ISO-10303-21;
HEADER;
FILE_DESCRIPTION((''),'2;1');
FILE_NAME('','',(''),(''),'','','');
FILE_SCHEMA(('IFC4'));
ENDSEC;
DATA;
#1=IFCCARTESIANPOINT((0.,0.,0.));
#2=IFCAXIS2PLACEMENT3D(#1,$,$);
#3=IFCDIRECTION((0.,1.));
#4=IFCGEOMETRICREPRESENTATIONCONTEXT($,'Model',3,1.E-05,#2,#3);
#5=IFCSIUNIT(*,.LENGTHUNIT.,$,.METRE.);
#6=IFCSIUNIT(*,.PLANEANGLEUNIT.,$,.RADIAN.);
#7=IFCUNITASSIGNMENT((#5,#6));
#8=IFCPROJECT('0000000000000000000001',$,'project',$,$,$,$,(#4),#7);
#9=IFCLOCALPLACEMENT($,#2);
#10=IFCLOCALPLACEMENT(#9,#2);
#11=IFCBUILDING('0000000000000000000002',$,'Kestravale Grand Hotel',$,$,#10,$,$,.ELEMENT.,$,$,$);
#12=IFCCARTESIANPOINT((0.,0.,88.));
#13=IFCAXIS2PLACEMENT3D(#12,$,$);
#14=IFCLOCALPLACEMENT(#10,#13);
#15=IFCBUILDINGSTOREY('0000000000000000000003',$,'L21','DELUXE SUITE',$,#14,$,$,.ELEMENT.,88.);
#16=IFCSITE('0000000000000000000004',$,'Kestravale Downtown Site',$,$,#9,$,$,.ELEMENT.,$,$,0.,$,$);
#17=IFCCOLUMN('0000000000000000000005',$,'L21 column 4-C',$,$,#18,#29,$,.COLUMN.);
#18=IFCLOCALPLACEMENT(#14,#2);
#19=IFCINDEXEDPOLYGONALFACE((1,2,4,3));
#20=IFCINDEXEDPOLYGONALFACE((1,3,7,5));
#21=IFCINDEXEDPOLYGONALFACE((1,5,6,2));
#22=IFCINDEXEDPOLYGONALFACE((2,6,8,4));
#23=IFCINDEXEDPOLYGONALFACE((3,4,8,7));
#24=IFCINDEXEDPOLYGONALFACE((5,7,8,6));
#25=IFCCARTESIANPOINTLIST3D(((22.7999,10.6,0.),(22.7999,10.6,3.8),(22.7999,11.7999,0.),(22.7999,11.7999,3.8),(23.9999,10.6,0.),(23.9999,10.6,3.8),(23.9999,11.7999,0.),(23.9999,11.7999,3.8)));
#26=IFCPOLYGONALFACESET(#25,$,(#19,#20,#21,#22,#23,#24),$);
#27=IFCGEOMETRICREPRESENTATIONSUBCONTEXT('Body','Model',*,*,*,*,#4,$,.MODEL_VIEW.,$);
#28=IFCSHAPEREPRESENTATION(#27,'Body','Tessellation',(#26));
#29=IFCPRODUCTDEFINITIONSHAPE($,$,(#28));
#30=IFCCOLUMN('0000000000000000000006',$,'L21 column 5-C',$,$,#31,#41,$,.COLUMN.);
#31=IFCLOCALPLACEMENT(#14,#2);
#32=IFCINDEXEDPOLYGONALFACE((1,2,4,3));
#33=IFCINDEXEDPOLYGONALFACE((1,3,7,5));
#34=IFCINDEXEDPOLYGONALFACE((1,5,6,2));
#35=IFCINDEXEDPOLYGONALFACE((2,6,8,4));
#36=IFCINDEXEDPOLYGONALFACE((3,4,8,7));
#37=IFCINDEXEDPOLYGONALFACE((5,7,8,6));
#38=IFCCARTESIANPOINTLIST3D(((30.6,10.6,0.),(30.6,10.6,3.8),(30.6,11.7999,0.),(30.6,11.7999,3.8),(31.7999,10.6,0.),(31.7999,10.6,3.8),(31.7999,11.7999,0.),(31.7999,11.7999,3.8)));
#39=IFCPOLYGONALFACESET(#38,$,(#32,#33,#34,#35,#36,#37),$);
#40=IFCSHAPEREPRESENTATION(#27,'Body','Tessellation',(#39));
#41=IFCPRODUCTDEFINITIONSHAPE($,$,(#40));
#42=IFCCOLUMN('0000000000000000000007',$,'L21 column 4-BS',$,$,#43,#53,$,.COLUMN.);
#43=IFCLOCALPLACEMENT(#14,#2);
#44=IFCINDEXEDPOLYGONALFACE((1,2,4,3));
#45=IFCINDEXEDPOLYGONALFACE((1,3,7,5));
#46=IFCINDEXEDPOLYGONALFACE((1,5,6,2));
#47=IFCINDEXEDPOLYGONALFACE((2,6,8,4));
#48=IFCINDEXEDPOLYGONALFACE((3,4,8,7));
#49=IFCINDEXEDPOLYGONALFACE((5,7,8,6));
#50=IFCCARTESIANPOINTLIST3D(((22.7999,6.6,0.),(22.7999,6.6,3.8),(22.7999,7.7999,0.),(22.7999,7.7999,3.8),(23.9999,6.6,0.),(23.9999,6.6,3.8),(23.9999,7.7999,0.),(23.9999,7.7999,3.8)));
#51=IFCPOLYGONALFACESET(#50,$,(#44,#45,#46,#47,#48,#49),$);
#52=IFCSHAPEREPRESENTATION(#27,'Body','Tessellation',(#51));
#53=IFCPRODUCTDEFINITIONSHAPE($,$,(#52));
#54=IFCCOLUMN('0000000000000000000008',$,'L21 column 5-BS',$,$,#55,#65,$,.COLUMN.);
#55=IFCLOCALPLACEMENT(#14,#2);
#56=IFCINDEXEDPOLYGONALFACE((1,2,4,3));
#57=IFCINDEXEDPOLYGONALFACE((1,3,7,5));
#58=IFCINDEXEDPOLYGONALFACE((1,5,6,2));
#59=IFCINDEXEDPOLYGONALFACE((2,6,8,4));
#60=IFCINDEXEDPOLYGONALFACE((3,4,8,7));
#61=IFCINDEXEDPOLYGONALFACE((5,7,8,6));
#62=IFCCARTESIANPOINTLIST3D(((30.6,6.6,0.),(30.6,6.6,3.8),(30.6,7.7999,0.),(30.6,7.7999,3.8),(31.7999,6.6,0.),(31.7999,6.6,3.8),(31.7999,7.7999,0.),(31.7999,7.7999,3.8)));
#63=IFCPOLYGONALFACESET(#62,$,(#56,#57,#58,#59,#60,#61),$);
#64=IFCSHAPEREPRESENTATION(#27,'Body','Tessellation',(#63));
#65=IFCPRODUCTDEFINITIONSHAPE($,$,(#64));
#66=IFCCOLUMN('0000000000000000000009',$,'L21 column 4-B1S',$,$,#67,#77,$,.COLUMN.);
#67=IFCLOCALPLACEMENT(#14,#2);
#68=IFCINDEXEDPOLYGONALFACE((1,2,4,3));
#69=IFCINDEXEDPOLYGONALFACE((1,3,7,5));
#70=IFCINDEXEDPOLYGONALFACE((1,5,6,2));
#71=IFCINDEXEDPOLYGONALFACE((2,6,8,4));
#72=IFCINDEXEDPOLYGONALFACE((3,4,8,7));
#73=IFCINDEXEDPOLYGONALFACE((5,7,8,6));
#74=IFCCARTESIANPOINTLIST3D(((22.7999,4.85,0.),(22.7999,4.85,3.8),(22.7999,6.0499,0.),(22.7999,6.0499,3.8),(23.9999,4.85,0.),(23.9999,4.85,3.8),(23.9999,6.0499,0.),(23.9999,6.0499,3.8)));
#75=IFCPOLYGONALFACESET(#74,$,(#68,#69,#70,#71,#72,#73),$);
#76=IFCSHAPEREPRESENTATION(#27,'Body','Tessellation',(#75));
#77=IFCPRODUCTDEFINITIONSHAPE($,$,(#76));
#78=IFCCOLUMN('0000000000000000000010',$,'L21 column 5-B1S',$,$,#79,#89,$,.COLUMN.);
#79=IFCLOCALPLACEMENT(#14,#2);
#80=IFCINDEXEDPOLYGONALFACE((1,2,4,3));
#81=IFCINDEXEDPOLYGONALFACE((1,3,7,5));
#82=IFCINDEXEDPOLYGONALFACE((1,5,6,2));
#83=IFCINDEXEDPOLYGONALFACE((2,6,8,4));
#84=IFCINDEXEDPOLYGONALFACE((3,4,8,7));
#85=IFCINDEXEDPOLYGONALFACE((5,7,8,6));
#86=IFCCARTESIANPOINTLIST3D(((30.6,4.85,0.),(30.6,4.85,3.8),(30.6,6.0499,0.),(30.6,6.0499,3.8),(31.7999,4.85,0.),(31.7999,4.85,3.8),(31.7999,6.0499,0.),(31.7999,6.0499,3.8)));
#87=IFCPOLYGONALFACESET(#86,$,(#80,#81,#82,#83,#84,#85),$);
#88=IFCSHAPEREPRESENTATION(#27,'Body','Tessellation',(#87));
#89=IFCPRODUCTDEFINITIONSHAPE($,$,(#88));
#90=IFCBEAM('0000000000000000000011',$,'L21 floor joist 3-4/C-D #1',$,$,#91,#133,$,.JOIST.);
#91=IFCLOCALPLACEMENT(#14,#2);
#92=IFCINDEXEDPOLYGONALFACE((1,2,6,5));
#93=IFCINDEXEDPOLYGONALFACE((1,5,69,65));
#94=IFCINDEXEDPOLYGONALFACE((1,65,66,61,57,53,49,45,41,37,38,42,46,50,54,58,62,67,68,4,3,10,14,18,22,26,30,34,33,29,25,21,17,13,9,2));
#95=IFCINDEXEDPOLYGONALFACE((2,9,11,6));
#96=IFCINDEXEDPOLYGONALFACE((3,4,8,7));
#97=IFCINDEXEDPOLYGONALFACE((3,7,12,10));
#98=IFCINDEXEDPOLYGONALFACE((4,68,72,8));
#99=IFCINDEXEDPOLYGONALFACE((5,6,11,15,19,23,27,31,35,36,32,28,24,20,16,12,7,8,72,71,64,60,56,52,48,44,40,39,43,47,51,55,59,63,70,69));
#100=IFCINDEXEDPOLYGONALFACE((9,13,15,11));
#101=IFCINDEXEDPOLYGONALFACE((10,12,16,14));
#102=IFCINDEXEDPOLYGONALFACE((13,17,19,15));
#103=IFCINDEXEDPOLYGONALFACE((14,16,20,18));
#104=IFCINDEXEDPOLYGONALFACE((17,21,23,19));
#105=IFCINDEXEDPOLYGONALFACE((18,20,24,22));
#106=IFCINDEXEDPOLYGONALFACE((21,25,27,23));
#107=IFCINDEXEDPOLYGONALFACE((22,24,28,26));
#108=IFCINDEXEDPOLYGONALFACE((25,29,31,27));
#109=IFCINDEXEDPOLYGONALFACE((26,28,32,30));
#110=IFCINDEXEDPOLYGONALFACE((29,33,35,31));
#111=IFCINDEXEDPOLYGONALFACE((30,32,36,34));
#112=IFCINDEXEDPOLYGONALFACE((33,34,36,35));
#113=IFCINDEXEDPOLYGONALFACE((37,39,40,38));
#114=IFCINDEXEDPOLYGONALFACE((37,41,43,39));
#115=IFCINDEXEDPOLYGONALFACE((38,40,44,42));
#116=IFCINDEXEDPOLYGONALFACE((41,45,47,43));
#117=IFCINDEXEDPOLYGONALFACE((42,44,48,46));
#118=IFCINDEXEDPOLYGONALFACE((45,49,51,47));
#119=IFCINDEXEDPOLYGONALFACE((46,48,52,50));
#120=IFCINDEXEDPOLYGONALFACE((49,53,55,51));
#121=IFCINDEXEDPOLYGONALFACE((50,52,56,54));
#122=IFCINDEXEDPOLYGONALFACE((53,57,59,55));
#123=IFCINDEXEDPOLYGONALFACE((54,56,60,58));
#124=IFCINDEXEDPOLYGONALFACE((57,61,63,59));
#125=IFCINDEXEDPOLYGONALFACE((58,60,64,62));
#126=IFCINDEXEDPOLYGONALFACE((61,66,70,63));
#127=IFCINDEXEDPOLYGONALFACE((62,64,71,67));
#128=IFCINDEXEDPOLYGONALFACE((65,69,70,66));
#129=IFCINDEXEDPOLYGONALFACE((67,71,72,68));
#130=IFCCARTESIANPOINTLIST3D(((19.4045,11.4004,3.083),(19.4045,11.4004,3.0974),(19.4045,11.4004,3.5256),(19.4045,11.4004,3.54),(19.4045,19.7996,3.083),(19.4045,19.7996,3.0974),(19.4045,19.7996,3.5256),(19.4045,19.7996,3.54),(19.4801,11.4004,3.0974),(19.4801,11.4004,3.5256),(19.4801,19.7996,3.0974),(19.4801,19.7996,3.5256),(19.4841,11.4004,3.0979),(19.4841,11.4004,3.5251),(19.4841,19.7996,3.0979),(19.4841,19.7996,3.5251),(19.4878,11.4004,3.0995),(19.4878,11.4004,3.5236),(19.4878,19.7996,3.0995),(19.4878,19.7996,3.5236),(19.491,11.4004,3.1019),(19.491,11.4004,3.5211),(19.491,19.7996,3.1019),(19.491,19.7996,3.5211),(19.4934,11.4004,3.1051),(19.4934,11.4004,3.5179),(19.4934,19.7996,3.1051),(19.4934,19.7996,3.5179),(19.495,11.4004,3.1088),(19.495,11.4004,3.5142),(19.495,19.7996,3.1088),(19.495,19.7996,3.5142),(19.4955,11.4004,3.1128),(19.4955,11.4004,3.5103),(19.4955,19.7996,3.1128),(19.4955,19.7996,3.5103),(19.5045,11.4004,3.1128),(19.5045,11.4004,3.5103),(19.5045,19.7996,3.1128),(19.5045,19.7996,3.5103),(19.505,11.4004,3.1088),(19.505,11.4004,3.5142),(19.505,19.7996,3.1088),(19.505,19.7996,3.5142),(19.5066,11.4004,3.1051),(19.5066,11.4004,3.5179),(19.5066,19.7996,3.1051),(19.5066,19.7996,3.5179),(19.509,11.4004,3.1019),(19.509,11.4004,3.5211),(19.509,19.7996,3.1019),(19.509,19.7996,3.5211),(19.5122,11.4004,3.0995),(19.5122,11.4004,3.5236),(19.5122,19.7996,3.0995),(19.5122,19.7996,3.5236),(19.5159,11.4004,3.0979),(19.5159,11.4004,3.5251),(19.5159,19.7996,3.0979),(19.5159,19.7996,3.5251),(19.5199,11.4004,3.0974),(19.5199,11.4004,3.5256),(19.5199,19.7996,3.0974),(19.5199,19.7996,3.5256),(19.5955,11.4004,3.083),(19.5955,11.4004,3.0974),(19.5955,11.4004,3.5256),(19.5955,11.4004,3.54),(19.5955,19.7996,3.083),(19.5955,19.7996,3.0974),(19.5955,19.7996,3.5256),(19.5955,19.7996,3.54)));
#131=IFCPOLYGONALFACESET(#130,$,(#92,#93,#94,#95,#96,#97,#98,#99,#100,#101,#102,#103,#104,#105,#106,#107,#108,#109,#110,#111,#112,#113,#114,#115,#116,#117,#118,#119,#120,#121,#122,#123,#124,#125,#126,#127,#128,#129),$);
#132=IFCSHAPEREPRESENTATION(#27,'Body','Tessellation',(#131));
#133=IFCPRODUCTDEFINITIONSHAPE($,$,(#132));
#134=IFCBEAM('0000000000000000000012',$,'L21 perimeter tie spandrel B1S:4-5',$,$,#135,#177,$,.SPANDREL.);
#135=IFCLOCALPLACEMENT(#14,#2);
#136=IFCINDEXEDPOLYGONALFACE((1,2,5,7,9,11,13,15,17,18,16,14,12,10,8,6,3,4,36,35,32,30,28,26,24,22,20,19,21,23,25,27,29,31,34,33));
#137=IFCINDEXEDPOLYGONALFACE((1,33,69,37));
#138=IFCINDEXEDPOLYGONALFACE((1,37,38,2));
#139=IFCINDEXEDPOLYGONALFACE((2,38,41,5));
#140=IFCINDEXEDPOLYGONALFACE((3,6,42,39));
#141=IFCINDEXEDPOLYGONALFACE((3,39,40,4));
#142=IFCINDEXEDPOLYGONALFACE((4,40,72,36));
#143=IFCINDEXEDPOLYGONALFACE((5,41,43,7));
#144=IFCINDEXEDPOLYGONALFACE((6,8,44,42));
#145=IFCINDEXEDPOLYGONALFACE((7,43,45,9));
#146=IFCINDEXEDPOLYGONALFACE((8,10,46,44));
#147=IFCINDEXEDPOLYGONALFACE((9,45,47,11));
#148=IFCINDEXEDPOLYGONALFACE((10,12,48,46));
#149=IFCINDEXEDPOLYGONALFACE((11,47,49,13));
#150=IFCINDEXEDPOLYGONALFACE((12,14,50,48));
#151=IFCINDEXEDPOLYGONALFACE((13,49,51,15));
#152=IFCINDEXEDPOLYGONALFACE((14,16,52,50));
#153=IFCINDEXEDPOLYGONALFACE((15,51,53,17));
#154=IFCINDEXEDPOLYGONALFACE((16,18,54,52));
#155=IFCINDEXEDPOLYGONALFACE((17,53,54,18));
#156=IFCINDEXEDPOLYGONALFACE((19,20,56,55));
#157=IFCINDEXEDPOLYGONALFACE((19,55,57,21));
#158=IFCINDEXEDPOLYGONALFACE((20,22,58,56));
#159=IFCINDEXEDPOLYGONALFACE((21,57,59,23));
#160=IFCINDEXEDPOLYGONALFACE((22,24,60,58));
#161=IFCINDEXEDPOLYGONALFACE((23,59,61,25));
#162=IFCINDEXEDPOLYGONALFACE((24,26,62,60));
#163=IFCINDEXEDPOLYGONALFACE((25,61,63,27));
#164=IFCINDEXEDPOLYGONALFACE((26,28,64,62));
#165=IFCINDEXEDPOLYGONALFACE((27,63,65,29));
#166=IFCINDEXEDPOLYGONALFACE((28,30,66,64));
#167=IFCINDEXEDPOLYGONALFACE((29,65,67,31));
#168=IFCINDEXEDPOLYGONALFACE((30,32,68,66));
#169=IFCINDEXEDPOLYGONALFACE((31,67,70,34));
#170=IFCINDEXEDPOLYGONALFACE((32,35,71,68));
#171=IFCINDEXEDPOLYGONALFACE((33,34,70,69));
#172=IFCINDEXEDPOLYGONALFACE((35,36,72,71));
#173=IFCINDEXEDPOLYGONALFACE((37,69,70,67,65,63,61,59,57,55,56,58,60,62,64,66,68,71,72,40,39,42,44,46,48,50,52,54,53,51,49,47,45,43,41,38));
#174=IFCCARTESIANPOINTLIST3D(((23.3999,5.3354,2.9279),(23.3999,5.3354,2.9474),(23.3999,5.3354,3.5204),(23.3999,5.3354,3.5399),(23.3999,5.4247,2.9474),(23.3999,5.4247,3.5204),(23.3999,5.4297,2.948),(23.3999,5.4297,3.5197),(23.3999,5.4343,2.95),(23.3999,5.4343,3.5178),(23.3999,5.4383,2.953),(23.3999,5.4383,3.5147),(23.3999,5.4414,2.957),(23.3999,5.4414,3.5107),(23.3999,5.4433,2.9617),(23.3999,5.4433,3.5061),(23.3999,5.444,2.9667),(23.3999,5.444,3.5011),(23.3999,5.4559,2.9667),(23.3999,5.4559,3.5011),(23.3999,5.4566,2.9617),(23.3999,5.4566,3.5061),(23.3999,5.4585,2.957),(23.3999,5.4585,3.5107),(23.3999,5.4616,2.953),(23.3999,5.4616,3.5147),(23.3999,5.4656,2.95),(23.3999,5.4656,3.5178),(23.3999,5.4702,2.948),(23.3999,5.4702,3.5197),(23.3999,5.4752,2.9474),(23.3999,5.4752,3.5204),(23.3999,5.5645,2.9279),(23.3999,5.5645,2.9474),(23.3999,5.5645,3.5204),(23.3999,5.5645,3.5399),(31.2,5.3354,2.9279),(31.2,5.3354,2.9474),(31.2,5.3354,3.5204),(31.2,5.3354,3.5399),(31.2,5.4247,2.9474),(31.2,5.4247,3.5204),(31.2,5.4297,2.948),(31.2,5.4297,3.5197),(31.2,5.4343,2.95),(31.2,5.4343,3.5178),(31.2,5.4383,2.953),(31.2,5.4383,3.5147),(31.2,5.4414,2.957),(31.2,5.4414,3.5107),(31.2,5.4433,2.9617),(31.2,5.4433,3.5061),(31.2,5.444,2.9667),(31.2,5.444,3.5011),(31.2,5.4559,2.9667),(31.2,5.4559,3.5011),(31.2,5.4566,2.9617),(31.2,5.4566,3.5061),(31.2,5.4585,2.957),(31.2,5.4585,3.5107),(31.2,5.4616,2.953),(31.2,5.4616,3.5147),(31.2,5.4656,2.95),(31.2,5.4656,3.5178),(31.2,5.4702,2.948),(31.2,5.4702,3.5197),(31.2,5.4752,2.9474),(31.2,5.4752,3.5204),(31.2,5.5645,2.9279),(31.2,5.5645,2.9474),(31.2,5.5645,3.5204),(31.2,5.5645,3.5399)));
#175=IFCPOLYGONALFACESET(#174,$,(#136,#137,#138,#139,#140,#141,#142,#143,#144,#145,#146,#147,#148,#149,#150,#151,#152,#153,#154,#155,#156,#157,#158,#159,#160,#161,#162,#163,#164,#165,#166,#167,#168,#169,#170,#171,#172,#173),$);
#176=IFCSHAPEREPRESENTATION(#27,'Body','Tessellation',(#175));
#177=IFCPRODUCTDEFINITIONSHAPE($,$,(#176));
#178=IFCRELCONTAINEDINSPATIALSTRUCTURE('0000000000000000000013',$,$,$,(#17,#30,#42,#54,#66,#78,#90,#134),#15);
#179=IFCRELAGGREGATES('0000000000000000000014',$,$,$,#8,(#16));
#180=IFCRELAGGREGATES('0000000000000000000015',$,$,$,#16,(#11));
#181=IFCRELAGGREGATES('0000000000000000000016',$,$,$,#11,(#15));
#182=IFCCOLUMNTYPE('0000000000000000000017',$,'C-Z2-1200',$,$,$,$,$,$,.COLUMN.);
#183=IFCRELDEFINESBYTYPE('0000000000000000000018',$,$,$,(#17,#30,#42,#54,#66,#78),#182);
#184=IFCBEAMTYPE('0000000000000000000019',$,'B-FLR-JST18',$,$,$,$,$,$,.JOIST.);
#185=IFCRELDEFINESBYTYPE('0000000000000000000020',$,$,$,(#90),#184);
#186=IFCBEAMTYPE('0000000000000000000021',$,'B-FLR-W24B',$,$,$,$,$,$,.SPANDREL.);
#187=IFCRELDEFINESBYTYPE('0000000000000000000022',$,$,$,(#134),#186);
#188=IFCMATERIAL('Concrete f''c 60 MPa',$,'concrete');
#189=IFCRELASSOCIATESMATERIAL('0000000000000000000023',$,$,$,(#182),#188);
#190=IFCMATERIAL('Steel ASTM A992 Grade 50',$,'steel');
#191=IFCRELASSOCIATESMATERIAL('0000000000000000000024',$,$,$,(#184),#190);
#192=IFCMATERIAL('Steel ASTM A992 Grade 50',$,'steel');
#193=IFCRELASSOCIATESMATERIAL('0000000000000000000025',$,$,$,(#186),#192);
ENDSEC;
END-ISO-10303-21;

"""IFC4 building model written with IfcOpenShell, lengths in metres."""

from ifc_helpers import new_model, si_unit, direction, frame, origin, origin_2d, place, context, subcontext, project, spatial, rectangle, i_section, extrude, material, material_profile, profile_set, type_object, element, save


model = new_model("IFC4")

# Units and contexts
model_context = context("Model", 3, precision=1e-05, world=origin(), true_north=direction((0.0, 1.0)))
body_context = subcontext(model_context, "Body", "Model", "MODEL_VIEW")
ifc_project = project(units=[si_unit("LENGTHUNIT", "METRE"), si_unit("PLANEANGLEUNIT", "RADIAN")], contexts=[model_context])

# Site, building, storey
site_placement = place(None, origin())
site = spatial("IfcSite", under=ifc_project, at=site_placement, Name="Kestravale Downtown Site", CompositionType="ELEMENT", RefElevation=0.0)
building_placement = place(site_placement, origin())
building = spatial("IfcBuilding", under=site, at=building_placement, Name="Kestravale Grand Hotel", CompositionType="ELEMENT")
storey_placement = place(building_placement, frame((0.0, 0.0, 88.0)))
storey = spatial("IfcBuildingStorey", under=building, at=storey_placement, Name="L21", Description="DELUXE SUITE", CompositionType="ELEMENT", Elevation=88.0)

# Columns
ifc_material_1 = material(Name="Concrete f'c 60 MPa", Category="concrete")
ifc_material_profile_1 = material_profile(ifc_material_1, rectangle(XDim=1.2, YDim=1.2, at=origin_2d()))
ifc_profile_set_1 = profile_set([ifc_material_profile_1], Name="Concrete f'c 60 MPa")
column_type = type_object("IfcColumnType", Name="C-Z2-1200", PredefinedType="COLUMN", material=ifc_profile_set_1)
for number, where, z_axis, x_axis, name in (
    (1, (23.3999, 11.2, 0.0), (0.0, 0.0, 1.0), (1.0, 0.0, 0.0), "L21 column 4-C"),
    (2, (31.2, 11.2, 0.0), (0.0, 0.0, 1.0), (1.0, 0.0, 0.0), "L21 column 5-C"),
    (3, (23.3999, 7.2, 0.0), (0.0, 0.0, 1.0), (1.0, 0.0, 0.0), "L21 column 4-BS"),
    (4, (31.2, 7.2, 0.0), (0.0, 0.0, 1.0), (1.0, 0.0, 0.0), "L21 column 5-BS"),
    (5, (23.3999, 5.45, 0.0), (0.0, 0.0, 1.0), (1.0, 0.0, 0.0), "L21 column 4-B1S"),
    (6, (31.2, 5.45, 0.0), (0.0, 0.0, 1.0), (1.0, 0.0, 0.0), "L21 column 5-B1S"),
):
    element("IfcColumn", number, at=place(storey_placement, frame(where, z_axis=z_axis, x_axis=x_axis)), inside=storey, type_object=column_type, Name=name, PredefinedType="COLUMN", context=body_context, shape_type="SweptSolid", body=[
        extrude(rectangle(XDim=1.2, YDim=1.2, at=origin_2d()), origin(), (0.0, 0.0, 1.0), 3.8),
    ])

# Beams
ifc_material_2 = material(Name="Steel ASTM A992 Grade 50", Category="steel")
ifc_material_profile_2 = material_profile(ifc_material_2, i_section(OverallWidth=0.1909, OverallDepth=0.457, WebThickness=0.009, FlangeThickness=0.0144, FilletRadius=0.0154, at=origin_2d()))
ifc_profile_set_2 = profile_set([ifc_material_profile_2], Name="Steel ASTM A992 Grade 50")
beam_type_1 = type_object("IfcBeamType", Name="B-FLR-JST18", PredefinedType="JOIST", material=ifc_profile_set_2)
beam_1_placement = place(storey_placement, frame((19.5, 11.4004, 3.3115), z_axis=(0.0, 1.0, 0.0), x_axis=(-1.0, 0.0, 0.0)))
element("IfcBeam", 7, at=beam_1_placement, inside=storey, type_object=beam_type_1, Name="L21 floor joist 3-4/C-D #1", PredefinedType="JOIST", context=body_context, shape_type="SweptSolid", body=[
    extrude(i_section(OverallWidth=0.1909, OverallDepth=0.457, WebThickness=0.009, FlangeThickness=0.0144, FilletRadius=0.0154, at=origin_2d()), origin(), (0.0, 0.0, 1.0), 8.3992),
])
ifc_material_3 = material(Name="Steel ASTM A992 Grade 50", Category="steel")
ifc_material_profile_3 = material_profile(ifc_material_3, i_section(OverallWidth=0.229, OverallDepth=0.6121, WebThickness=0.012, FlangeThickness=0.0195, FilletRadius=0.0193, at=origin_2d()))
ifc_profile_set_3 = profile_set([ifc_material_profile_3], Name="Steel ASTM A992 Grade 50")
beam_type_2 = type_object("IfcBeamType", Name="B-FLR-W24B", PredefinedType="SPANDREL", material=ifc_profile_set_3)
for number, where, z_axis, x_axis, name in (
    (8, (23.3999, 5.45, 3.2339), (1.0, 0.0, 0.0), (0.0, 1.0, 0.0), "L21 perimeter tie spandrel B1S:4-5"),
):
    element("IfcBeam", number, at=place(storey_placement, frame(where, z_axis=z_axis, x_axis=x_axis)), inside=storey, type_object=beam_type_2, Name=name, PredefinedType="SPANDREL", context=body_context, shape_type="SweptSolid", body=[
        extrude(i_section(OverallWidth=0.229, OverallDepth=0.6121, WebThickness=0.012, FlangeThickness=0.0195, FilletRadius=0.0193, at=origin_2d()), origin(), (0.0, 0.0, 1.0), 7.8),
    ])

save(model, "model.ifc")
